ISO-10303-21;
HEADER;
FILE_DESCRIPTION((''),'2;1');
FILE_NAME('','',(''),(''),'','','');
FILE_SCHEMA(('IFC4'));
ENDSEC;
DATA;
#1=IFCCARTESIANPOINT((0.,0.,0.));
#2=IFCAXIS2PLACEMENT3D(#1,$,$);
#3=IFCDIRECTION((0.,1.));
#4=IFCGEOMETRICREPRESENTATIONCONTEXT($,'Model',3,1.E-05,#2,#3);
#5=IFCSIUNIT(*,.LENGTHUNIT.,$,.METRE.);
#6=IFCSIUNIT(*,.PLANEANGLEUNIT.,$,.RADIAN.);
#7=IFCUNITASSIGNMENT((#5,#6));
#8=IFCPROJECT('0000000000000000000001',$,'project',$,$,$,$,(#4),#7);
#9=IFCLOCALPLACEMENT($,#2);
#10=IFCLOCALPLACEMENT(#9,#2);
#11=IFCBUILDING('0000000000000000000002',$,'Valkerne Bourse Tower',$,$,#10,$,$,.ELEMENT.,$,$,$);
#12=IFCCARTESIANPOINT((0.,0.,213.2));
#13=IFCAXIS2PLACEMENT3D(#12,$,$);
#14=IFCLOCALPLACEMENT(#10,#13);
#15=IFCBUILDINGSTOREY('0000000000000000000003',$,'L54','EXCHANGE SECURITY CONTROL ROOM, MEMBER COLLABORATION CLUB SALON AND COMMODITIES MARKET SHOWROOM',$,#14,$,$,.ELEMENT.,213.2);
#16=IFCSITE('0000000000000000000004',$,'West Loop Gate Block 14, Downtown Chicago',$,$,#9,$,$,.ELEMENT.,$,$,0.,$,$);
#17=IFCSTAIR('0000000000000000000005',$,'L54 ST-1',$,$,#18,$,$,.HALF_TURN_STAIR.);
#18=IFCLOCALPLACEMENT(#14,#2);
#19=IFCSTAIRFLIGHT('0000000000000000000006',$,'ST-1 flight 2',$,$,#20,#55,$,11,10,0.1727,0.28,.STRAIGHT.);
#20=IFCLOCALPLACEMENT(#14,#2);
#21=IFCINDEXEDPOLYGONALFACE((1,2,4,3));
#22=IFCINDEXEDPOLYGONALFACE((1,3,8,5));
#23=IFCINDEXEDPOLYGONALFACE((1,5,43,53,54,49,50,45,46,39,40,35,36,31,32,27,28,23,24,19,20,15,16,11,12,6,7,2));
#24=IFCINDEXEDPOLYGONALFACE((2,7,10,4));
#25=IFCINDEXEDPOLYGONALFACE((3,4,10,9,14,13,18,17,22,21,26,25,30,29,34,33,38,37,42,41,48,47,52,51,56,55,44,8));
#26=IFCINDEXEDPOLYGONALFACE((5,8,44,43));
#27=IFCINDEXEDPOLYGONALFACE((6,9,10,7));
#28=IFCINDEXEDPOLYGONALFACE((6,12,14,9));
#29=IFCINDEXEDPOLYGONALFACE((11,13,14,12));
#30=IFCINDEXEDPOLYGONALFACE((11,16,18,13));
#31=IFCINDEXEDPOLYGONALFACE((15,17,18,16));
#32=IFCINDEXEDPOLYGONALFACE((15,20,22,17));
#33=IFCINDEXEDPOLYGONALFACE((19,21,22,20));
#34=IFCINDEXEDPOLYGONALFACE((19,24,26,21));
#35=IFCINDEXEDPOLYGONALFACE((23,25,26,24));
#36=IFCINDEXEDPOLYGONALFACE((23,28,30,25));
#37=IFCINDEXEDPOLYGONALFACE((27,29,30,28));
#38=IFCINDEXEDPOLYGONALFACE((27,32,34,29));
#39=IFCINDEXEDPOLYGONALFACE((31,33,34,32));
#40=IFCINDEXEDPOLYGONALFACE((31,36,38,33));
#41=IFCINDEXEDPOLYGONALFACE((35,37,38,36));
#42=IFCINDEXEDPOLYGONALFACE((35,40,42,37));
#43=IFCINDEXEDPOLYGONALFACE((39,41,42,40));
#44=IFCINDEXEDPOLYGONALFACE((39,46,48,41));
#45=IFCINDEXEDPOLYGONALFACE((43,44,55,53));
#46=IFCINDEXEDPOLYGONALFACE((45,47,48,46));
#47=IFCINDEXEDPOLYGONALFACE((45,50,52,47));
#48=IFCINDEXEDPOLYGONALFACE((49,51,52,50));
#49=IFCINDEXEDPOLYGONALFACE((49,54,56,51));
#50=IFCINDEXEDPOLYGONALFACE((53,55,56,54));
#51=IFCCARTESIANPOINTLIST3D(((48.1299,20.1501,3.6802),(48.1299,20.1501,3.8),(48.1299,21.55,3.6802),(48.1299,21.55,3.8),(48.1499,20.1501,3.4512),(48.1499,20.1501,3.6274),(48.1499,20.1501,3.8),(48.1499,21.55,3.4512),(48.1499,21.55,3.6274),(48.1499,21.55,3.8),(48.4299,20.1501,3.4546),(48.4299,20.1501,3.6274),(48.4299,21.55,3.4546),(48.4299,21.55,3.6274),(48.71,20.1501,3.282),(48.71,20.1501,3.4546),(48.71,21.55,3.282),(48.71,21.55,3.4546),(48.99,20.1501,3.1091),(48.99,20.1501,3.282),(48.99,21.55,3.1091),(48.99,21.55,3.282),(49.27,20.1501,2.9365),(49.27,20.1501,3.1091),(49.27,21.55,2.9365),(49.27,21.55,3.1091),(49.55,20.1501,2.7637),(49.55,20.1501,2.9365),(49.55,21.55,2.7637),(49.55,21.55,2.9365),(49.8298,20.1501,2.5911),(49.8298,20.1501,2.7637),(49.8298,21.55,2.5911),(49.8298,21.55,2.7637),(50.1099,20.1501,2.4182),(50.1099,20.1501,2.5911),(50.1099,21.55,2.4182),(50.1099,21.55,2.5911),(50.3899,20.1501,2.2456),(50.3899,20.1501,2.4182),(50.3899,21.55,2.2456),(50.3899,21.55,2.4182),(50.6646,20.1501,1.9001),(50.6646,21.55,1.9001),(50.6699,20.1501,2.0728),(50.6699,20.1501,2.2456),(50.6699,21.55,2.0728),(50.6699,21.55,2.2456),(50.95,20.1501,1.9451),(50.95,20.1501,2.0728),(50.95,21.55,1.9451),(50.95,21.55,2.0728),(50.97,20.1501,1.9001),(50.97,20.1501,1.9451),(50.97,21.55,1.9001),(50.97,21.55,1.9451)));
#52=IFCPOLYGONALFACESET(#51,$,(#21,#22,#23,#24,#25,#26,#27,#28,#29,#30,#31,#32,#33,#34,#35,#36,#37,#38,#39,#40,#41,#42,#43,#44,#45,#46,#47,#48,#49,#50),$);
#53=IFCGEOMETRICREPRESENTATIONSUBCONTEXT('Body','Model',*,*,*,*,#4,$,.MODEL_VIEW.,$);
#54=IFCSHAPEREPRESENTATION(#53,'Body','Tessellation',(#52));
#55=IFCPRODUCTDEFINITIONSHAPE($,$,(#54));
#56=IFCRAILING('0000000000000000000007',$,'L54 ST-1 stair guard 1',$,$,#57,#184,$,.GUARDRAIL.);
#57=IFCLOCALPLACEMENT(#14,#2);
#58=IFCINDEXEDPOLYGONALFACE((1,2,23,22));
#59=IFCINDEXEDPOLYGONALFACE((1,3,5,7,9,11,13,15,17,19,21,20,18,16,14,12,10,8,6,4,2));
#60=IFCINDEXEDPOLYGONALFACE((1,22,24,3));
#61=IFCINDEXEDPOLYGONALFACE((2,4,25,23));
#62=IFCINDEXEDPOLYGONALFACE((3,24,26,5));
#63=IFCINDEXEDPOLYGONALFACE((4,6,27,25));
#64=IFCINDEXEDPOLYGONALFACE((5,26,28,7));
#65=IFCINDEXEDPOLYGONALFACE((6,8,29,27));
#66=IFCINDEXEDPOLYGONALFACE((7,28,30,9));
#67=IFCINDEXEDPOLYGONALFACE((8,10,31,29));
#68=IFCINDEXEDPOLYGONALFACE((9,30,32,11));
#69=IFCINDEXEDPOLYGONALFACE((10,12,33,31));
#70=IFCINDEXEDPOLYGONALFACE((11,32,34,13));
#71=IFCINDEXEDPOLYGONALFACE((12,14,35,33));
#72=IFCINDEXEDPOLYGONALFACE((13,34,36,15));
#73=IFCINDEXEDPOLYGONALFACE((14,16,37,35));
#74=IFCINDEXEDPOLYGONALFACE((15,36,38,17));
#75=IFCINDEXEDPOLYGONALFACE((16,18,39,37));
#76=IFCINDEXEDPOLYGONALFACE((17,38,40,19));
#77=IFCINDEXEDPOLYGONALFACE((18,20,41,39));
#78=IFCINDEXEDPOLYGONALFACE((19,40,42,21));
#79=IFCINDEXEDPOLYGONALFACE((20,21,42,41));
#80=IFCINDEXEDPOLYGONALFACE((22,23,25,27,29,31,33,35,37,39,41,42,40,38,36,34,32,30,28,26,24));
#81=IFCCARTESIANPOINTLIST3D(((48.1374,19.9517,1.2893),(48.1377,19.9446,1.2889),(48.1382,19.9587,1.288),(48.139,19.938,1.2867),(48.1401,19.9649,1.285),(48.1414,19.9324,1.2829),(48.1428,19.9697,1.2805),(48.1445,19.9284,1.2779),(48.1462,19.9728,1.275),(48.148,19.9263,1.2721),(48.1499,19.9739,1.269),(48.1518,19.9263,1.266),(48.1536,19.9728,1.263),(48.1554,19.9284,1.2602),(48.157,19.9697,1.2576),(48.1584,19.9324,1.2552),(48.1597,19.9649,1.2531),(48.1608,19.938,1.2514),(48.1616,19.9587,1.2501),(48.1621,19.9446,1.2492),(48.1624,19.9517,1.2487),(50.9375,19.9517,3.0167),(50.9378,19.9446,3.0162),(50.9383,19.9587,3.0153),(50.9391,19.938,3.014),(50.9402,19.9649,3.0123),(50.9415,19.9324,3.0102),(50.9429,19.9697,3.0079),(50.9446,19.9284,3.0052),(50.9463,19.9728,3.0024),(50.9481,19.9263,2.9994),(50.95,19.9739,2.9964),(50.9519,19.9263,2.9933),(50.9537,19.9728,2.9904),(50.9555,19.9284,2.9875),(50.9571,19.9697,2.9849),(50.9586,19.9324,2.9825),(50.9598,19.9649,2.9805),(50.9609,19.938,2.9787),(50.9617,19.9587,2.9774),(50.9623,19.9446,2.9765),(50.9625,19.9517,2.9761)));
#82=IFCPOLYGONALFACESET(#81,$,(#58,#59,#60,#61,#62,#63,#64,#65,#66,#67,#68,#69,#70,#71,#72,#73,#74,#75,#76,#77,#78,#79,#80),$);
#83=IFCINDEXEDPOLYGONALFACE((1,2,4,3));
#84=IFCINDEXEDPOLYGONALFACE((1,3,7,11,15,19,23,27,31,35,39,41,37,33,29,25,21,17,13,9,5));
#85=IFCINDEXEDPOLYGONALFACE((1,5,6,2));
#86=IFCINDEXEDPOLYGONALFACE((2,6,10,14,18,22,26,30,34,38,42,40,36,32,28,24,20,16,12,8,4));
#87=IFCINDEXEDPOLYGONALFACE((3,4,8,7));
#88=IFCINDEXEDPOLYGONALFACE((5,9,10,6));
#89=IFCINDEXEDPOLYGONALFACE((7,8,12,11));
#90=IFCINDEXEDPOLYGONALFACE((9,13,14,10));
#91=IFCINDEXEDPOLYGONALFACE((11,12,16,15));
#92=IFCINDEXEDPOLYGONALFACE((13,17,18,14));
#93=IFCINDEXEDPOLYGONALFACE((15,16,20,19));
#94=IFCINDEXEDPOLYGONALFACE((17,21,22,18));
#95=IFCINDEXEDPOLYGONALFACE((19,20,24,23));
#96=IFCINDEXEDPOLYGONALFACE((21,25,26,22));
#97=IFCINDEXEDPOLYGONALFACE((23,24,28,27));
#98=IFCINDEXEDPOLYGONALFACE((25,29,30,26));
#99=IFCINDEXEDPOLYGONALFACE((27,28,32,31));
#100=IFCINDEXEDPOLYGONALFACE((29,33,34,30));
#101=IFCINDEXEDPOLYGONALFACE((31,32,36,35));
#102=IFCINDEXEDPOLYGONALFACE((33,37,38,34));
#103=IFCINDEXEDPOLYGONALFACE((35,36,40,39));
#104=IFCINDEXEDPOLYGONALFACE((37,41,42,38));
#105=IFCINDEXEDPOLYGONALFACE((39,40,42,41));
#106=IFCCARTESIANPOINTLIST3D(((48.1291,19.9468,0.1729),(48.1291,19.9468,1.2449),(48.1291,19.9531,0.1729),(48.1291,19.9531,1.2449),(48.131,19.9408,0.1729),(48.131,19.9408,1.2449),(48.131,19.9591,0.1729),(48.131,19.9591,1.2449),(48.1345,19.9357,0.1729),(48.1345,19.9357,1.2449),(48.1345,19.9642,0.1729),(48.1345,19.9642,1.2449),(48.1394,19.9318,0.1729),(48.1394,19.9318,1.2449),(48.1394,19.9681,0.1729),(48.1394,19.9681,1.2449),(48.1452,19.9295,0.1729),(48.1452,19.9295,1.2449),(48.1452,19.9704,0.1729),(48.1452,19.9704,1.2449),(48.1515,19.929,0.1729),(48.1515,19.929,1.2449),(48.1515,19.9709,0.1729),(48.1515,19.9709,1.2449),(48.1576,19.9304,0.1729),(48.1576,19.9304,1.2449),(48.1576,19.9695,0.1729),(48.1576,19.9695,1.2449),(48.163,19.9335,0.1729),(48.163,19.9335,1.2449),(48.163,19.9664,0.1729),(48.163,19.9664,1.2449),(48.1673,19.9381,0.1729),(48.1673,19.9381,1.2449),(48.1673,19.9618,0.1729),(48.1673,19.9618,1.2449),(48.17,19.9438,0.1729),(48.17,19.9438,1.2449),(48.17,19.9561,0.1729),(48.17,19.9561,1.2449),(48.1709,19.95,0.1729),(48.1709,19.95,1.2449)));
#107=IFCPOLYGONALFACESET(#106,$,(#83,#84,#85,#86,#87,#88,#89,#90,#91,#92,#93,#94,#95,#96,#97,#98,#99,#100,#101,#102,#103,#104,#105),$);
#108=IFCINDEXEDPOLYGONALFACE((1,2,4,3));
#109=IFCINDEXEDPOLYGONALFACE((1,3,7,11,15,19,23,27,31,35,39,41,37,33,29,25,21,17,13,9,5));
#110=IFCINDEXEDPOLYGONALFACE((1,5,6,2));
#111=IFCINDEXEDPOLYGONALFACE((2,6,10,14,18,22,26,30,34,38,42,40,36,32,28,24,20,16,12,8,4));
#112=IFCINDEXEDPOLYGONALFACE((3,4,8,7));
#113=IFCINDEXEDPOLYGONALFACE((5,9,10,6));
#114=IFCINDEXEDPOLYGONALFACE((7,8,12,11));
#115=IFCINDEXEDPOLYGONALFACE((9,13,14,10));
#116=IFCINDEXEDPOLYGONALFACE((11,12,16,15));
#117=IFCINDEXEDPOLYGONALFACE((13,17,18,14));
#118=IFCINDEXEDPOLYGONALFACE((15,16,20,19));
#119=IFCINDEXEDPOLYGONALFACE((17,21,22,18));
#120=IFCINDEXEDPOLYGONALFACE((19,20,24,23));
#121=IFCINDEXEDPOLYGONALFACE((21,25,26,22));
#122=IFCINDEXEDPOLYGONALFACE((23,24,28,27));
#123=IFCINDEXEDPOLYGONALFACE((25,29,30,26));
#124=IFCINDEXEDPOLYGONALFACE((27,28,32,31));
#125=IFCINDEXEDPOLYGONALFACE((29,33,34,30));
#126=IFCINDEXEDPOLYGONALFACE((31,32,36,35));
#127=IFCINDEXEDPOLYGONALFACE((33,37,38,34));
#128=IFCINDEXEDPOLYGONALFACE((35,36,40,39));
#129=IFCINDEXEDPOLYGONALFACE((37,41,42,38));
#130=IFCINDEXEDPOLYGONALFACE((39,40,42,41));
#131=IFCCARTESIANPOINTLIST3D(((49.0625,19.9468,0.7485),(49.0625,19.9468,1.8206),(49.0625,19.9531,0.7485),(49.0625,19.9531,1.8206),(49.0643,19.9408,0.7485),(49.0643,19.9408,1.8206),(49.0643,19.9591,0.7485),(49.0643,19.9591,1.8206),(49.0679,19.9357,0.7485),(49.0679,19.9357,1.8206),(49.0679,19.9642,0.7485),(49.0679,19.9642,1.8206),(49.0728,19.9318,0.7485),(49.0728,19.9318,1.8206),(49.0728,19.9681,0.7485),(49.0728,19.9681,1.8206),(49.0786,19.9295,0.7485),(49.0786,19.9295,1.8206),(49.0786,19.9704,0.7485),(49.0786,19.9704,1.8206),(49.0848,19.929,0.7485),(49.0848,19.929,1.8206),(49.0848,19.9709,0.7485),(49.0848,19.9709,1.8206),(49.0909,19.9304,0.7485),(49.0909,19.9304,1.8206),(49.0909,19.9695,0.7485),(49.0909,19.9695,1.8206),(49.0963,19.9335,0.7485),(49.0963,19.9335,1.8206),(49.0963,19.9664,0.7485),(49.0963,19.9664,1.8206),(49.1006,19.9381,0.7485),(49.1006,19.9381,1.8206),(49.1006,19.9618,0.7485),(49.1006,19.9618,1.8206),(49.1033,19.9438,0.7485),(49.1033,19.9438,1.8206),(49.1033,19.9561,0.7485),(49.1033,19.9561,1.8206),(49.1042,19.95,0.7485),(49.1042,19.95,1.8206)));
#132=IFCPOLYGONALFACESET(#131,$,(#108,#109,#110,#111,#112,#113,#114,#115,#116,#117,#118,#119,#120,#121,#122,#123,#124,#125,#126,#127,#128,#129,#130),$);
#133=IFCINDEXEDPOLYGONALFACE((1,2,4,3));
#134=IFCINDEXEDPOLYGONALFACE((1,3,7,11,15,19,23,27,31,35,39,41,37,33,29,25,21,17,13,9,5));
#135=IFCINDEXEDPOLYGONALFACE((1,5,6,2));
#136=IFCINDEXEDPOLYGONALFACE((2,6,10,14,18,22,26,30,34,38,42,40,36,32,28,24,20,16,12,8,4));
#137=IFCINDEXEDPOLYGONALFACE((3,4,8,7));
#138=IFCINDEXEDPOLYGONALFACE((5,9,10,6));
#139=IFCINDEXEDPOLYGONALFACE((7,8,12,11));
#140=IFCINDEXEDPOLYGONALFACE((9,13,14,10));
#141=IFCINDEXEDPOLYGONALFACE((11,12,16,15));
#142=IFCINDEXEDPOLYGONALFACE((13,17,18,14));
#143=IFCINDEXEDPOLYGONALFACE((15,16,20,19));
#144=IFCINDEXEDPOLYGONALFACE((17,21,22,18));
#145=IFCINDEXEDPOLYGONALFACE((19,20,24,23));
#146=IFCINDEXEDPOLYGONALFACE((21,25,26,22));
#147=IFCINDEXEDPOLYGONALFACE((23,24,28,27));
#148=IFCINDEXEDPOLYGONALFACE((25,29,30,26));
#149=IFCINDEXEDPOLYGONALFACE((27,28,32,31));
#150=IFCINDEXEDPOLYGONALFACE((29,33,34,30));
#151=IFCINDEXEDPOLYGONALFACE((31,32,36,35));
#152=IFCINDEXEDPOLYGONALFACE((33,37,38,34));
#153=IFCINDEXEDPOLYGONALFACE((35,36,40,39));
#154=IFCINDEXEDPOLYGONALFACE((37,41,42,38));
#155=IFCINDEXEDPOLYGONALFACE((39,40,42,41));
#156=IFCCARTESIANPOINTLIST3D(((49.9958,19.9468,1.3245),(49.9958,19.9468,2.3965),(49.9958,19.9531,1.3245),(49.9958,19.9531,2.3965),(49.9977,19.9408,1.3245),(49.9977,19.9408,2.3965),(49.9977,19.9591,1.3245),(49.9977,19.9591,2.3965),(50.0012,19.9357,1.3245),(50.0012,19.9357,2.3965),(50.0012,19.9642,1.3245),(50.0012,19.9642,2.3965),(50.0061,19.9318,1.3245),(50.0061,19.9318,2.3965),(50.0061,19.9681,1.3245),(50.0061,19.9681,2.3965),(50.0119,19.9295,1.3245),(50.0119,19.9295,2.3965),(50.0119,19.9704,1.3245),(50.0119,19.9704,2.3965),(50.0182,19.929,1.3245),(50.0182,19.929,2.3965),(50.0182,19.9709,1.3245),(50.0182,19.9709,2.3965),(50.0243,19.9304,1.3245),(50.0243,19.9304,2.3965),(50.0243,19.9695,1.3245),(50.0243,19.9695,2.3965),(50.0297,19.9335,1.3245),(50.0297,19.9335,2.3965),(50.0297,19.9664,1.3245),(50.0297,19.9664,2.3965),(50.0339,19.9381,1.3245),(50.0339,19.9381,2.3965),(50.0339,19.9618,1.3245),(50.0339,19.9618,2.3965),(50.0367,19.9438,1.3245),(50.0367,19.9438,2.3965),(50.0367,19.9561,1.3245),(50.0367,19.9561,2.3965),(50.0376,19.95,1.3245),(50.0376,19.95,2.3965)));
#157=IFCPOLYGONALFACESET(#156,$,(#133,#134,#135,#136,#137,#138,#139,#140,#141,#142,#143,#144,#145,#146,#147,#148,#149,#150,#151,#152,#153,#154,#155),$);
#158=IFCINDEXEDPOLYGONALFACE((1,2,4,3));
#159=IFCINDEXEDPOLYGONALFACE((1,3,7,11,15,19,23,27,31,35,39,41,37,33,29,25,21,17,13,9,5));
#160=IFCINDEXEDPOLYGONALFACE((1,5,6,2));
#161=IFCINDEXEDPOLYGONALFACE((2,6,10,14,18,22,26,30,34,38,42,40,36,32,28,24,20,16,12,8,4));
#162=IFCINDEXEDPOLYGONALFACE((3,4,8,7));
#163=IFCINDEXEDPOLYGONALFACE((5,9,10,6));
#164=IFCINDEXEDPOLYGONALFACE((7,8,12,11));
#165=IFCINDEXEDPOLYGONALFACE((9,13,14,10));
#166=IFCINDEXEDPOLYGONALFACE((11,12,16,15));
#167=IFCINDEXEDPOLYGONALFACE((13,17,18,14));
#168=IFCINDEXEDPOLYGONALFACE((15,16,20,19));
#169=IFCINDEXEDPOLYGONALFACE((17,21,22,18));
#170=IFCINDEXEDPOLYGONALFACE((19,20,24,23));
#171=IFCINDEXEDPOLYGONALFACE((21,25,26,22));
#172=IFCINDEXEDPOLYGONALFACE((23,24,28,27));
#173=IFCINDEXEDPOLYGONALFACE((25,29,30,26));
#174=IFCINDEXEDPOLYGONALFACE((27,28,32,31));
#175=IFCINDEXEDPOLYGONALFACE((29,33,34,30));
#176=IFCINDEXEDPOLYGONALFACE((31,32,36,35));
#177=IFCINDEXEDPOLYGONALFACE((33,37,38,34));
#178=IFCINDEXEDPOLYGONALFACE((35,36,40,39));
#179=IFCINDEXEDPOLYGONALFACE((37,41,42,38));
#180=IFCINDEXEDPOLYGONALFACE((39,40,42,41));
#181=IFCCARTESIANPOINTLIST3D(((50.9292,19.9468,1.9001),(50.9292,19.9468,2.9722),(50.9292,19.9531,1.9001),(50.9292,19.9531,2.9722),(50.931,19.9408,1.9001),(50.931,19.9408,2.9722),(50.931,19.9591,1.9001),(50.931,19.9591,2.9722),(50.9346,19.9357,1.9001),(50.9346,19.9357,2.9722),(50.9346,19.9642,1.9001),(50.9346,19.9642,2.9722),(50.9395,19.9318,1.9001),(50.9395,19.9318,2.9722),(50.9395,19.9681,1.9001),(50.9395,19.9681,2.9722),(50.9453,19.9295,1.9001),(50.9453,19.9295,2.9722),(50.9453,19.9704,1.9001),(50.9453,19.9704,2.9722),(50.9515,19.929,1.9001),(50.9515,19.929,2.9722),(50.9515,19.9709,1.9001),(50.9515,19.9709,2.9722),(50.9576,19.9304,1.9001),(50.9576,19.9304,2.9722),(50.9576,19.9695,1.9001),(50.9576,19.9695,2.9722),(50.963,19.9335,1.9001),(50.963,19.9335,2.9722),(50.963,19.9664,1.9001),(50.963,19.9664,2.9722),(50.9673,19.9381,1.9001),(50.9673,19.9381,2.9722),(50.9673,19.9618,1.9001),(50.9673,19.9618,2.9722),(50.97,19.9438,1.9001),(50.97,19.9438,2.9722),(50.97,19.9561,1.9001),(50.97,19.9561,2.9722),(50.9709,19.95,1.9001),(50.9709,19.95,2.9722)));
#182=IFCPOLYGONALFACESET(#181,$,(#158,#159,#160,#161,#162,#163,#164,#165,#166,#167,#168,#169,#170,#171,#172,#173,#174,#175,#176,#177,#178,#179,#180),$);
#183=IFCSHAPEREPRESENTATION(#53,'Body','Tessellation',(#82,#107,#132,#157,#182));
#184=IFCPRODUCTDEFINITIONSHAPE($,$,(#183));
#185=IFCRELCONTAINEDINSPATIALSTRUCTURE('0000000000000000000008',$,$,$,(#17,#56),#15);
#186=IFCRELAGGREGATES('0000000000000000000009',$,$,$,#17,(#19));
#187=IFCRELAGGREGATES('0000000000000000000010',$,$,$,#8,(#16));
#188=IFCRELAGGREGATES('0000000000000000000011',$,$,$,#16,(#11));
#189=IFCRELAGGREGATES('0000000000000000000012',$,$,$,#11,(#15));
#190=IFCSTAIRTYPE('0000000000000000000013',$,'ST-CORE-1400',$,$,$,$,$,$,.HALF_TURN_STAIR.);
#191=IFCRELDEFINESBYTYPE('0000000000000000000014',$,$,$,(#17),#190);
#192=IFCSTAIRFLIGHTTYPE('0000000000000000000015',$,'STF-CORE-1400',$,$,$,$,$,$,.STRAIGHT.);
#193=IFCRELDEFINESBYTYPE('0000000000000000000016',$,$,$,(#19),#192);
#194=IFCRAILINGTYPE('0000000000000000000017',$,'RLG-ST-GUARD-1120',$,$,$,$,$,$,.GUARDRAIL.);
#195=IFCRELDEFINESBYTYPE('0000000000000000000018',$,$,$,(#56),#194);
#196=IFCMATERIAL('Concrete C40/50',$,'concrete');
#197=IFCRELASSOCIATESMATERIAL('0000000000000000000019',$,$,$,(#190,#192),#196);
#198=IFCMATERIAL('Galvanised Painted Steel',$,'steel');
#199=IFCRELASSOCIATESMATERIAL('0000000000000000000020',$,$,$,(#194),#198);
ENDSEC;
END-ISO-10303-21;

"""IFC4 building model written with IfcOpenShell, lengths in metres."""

from ifc_helpers import new_model, si_unit, direction, frame, origin, origin_2d, place, context, subcontext, project, spatial, polyline, circle, outline, extrude, material, type_object, element, aggregate, save


model = new_model("IFC4")

# Units and contexts
model_context = context("Model", 3, precision=1e-05, world=origin(), true_north=direction((0.0, 1.0)))
body_context = subcontext(model_context, "Body", "Model", "MODEL_VIEW")
ifc_project = project(units=[si_unit("LENGTHUNIT", "METRE"), si_unit("PLANEANGLEUNIT", "RADIAN")], contexts=[model_context])

# Site, building, storey
site_placement = place(None, origin())
site = spatial("IfcSite", under=ifc_project, at=site_placement, Name="West Loop Gate Block 14, Downtown Chicago", CompositionType="ELEMENT", RefElevation=0.0)
building_placement = place(site_placement, origin())
building = spatial("IfcBuilding", under=site, at=building_placement, Name="Valkerne Bourse Tower", CompositionType="ELEMENT")
storey_placement = place(building_placement, frame((0.0, 0.0, 213.2)))
storey = spatial("IfcBuildingStorey", under=building, at=storey_placement, Name="L54", Description="EXCHANGE SECURITY CONTROL ROOM, MEMBER COLLABORATION CLUB SALON AND COMMODITIES MARKET SHOWROOM", CompositionType="ELEMENT", Elevation=213.2)

# Shared definitions
ifc_material_1 = material(Name="Galvanised Painted Steel", Category="steel")

# Shared definitions
ifc_material_2 = material(Name="Concrete C40/50", Category="concrete")

# Stair, stair flight
stair_type = type_object("IfcStairType", Name="ST-CORE-1400", PredefinedType="HALF_TURN_STAIR", material=ifc_material_2)
stair_placement = place(storey_placement, origin())
stair = element("IfcStair", 1, at=stair_placement, inside=storey, type_object=stair_type, Name="L54 ST-1", PredefinedType="HALF_TURN_STAIR")
stair_flight_type = type_object("IfcStairFlightType", Name="STF-CORE-1400", PredefinedType="STRAIGHT", material=ifc_material_2)
stair_flight_1_placement = place(storey_placement, frame((50.95, 20.8501, 1.9001), z_axis=(0.0, 0.0, 1.0), x_axis=(-1.0, 0.0, 0.0)))
stair_flight_1 = element("IfcStairFlight", 2, at=stair_flight_1_placement, type_object=stair_flight_type, Name="ST-1 flight 2", NumberOfRisers=11, NumberOfTreads=10, PredefinedType="STRAIGHT", RiserHeight=0.1727, TreadLength=0.28, context=body_context, shape_type="SweptSolid", body=[
    extrude(outline(polyline([(-0.02, 0.0), (-0.02, 0.0449), (0.0, 0.0449), (0.0, 0.1726), (0.28, 0.1726), (0.28, 0.3455), (0.5601, 0.3455), (0.5601, 0.5181), (0.8401, 0.5181), (0.8401, 0.6909), (1.1201, 0.6909), (1.1201, 0.8635), (1.3999, 0.8635), (1.3999, 1.0364), (1.6799, 1.0364), (1.6799, 1.209), (1.96, 1.209), (1.96, 1.3818), (2.24, 1.3818), (2.24, 1.5544), (2.52, 1.5544), (2.52, 1.7273), (2.8, 1.7273), (2.8, 1.8999), (2.8201, 1.8999), (2.8201, 1.78), (2.8, 1.551), (0.2854, 0.0), (-0.02, 0.0)])), frame((0.0, 0.7, 0.0), z_axis=(0.0, -1.0, 0.0), x_axis=(1.0, 0.0, 0.0)), (0.0, 0.0, 1.0), 1.3999),
])
aggregate(stair, [stair_flight_1])

# Railing
railing_type_1 = type_object("IfcRailingType", Name="RLG-ST-GUARD-1120", PredefinedType="GUARDRAIL", material=ifc_material_1)
railing_1_placement = place(storey_placement, frame((48.1499, 19.95, 0.1729)))
element("IfcRailing", 3, at=railing_1_placement, inside=storey, type_object=railing_type_1, Name="L54 ST-1 stair guard 1", PredefinedType="GUARDRAIL", context=body_context, shape_type="SweptSolid", body=[
    extrude(circle(Radius=0.0239, at=origin_2d()), frame((0.0, 0.0, 1.0962), z_axis=(0.85109, 0.0, 0.52502), x_axis=(0.0, 1.0, 0.0)), (0.0, 0.0, 1.0), 3.29),
    extrude(circle(Radius=0.021, at=origin_2d()), origin(), (0.0, 0.0, 1.0), 1.072),
    extrude(circle(Radius=0.021, at=origin_2d()), frame((0.9333, 0.0, 0.5757)), (0.0, 0.0, 1.0), 1.072),
    extrude(circle(Radius=0.021, at=origin_2d()), frame((1.8667, 0.0, 1.1516)), (0.0, 0.0, 1.0), 1.072),
    extrude(circle(Radius=0.021, at=origin_2d()), frame((2.8, 0.0, 1.7273)), (0.0, 0.0, 1.0), 1.072),
])

save(model, "model.ifc")
